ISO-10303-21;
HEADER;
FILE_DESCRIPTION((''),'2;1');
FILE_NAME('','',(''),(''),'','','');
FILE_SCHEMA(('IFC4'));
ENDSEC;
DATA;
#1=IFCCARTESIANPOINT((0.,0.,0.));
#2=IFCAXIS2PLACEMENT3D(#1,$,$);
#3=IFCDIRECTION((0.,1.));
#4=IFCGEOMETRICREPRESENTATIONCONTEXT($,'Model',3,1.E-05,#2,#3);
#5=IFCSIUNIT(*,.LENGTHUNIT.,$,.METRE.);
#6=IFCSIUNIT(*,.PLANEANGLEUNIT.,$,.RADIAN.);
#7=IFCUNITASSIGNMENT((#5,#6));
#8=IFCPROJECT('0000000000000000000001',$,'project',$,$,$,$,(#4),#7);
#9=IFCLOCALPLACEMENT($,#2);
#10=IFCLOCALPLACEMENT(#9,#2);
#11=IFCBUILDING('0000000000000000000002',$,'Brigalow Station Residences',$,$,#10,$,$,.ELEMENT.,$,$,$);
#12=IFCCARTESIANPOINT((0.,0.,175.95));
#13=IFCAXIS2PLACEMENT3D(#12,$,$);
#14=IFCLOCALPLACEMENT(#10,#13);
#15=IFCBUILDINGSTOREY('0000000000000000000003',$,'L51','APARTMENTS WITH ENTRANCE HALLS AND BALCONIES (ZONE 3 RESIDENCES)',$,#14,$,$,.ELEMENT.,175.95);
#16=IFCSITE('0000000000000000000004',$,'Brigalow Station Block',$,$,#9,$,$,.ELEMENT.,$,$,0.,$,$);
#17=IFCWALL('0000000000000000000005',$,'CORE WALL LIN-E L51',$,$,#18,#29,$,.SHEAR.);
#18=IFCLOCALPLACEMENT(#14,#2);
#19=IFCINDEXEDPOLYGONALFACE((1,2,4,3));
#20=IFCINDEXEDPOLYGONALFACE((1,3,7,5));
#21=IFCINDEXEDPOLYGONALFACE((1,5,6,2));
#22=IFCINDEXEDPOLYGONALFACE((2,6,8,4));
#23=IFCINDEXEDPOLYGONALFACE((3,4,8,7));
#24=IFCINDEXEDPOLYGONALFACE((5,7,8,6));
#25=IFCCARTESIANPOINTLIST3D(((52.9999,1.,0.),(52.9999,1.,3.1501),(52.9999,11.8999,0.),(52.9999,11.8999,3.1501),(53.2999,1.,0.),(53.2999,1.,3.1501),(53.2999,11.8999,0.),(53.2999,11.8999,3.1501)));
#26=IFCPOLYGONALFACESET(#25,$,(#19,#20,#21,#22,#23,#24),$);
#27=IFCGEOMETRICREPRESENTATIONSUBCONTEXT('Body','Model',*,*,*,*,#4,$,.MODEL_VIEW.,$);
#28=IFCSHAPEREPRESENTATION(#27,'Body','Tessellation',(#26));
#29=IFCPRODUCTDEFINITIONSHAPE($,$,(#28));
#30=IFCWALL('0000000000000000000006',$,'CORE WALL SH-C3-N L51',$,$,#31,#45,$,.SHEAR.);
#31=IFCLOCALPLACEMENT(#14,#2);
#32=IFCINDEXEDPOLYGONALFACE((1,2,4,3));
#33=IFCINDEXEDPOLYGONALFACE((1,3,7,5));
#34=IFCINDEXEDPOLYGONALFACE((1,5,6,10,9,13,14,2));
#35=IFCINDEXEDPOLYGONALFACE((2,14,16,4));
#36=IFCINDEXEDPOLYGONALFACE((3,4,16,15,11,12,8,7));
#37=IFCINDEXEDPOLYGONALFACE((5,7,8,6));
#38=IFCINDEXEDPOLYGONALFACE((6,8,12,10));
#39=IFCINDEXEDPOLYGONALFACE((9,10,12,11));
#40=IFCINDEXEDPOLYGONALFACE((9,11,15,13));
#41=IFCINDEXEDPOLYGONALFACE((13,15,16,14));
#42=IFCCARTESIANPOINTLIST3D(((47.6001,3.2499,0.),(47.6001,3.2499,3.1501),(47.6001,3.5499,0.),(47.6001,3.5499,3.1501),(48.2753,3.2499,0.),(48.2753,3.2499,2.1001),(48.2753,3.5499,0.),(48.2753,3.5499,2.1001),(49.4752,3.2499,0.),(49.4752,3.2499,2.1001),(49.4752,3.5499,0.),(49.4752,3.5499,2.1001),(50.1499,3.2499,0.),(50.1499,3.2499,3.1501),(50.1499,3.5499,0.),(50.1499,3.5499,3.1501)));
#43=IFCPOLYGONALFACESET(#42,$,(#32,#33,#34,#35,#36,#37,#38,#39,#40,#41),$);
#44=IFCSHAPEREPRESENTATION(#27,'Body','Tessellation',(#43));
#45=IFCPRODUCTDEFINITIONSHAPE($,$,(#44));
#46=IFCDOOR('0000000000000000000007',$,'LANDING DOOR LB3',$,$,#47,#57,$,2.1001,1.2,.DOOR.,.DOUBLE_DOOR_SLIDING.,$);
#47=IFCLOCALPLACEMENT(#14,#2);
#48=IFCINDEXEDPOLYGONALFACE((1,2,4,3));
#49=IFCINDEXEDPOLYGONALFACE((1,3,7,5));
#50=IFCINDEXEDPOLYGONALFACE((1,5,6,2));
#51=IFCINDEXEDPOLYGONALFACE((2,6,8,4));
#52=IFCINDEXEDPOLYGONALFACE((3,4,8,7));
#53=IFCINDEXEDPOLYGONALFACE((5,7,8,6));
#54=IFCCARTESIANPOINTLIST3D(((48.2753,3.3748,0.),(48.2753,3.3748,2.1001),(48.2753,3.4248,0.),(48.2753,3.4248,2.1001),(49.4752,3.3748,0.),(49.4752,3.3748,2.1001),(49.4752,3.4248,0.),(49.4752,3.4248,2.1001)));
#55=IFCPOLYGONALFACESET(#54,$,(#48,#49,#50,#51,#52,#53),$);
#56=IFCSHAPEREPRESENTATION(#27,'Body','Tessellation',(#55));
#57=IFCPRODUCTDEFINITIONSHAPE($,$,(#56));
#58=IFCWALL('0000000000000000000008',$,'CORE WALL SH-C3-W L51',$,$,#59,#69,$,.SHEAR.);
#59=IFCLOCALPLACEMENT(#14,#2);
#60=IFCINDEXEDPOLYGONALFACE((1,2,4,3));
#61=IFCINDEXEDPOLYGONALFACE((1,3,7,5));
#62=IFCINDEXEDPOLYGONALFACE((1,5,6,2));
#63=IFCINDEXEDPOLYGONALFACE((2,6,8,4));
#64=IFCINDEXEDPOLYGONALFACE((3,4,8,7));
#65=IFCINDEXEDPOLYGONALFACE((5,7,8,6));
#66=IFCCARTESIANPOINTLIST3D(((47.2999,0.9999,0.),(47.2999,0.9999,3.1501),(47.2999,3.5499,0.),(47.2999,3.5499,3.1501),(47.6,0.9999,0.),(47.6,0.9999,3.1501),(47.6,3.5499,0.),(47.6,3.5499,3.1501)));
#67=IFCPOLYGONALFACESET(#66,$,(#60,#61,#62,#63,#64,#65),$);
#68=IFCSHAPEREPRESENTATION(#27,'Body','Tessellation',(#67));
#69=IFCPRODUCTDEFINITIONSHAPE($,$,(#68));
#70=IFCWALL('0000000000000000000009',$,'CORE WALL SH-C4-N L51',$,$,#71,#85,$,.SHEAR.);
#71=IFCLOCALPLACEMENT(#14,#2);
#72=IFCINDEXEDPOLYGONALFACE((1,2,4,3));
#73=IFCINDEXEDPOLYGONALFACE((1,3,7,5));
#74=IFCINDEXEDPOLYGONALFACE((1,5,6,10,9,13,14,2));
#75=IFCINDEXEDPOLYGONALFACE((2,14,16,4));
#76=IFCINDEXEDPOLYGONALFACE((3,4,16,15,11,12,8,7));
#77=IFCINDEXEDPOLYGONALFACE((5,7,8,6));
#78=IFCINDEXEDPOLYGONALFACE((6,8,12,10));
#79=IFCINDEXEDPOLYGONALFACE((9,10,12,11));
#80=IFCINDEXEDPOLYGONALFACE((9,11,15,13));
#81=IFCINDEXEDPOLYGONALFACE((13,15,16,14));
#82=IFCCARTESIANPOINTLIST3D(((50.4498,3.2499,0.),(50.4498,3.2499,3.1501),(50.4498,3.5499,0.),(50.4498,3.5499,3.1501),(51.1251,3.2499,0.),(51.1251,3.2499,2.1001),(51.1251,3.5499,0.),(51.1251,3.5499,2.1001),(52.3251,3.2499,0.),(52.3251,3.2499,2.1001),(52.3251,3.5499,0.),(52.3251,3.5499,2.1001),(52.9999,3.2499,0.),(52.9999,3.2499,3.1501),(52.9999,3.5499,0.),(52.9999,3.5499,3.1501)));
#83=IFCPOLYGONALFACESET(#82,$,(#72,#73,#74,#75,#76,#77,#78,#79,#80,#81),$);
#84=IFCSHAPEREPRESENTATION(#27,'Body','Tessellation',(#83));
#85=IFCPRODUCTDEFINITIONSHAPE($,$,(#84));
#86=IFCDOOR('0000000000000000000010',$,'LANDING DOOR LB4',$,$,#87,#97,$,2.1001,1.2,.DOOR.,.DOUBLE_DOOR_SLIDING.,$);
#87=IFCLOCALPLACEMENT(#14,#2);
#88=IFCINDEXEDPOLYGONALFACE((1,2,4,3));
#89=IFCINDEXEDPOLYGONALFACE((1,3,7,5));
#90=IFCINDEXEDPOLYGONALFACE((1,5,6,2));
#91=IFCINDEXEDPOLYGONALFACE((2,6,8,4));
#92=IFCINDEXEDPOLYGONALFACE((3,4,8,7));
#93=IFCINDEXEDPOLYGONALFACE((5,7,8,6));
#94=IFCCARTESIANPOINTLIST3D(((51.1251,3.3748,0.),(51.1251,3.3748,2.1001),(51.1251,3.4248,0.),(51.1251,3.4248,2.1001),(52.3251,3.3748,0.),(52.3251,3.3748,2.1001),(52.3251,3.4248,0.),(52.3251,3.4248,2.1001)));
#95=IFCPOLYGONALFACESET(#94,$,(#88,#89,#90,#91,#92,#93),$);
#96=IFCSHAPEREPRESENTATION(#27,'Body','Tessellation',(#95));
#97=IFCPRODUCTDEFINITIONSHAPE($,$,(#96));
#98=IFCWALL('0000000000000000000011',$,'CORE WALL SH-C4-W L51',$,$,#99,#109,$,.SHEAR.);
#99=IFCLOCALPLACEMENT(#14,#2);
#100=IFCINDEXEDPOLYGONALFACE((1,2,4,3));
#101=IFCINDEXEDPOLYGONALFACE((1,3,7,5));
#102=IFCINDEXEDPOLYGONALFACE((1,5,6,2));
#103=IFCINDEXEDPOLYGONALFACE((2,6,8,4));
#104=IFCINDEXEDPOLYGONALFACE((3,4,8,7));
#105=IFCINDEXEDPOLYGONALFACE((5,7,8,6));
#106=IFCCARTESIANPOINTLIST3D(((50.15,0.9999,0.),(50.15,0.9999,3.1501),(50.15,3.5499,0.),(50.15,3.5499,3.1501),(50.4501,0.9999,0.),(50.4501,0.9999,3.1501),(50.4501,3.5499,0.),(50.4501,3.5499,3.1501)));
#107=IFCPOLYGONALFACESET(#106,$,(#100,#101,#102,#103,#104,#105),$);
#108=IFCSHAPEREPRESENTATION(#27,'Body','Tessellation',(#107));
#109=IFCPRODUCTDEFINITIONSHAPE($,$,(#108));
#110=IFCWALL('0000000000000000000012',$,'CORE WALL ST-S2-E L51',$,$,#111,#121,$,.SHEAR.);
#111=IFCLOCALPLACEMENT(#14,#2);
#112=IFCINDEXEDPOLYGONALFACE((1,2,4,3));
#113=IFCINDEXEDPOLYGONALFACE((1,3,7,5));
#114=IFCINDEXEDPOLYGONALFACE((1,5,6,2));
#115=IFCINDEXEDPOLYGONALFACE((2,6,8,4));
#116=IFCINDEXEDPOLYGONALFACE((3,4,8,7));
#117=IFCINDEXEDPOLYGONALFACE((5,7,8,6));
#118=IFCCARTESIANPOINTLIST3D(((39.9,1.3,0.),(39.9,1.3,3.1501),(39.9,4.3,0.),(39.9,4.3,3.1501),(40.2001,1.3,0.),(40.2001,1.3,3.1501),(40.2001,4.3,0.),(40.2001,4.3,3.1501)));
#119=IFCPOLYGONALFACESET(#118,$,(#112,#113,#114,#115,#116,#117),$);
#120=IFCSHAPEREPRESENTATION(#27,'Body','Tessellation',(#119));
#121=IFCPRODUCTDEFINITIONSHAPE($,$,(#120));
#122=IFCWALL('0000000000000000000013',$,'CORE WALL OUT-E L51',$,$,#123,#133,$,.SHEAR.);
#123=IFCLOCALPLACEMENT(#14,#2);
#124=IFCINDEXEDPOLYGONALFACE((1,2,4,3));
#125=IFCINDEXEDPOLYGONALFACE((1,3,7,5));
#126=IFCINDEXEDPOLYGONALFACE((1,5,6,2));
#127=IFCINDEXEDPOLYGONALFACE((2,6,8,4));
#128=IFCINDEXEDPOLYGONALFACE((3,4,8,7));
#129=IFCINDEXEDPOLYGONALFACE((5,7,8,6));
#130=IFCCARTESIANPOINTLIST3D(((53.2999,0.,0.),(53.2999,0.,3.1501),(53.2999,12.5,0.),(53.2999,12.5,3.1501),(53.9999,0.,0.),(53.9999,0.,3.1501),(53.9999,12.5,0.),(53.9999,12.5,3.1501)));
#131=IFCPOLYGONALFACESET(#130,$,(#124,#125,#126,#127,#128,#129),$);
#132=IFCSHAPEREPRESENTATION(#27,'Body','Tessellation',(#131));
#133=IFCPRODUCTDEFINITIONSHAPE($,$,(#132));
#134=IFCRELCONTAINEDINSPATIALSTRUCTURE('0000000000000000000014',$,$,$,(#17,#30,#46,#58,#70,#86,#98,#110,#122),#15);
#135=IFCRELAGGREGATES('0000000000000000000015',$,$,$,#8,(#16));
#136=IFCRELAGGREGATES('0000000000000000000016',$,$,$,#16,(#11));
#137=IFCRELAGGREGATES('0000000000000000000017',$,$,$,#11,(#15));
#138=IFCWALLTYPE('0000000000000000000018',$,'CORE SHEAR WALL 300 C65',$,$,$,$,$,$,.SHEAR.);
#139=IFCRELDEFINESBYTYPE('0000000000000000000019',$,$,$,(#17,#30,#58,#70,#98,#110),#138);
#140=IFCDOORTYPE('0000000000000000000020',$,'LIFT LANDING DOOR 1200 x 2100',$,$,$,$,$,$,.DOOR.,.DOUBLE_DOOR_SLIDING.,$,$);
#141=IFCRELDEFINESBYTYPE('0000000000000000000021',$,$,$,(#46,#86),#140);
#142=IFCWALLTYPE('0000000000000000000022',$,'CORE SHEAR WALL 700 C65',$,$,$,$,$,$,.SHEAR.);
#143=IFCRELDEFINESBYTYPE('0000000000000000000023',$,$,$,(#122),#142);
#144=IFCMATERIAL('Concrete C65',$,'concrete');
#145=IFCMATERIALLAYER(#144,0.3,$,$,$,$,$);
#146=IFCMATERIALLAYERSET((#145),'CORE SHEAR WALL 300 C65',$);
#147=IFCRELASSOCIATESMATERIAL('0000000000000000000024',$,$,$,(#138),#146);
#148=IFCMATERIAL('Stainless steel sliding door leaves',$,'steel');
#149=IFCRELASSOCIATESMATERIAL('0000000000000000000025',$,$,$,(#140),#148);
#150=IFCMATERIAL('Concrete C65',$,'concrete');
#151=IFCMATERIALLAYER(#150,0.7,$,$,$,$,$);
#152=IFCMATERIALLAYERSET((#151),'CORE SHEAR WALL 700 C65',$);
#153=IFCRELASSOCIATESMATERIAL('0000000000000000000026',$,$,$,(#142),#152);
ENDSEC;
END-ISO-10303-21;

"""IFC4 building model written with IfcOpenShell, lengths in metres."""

from ifc_helpers import new_model, si_unit, direction, frame, frame_2d, origin, place, context, subcontext, project, spatial, rectangle, extrude, material, layer, layer_set, type_object, element, fill, save


model = new_model("IFC4")

# Units and contexts
model_context = context("Model", 3, precision=1e-05, world=origin(), true_north=direction((0.0, 1.0)))
body_context = subcontext(model_context, "Body", "Model", "MODEL_VIEW")
ifc_project = project(units=[si_unit("LENGTHUNIT", "METRE"), si_unit("PLANEANGLEUNIT", "RADIAN")], contexts=[model_context])

# Site, building, storey
site_placement = place(None, origin())
site = spatial("IfcSite", under=ifc_project, at=site_placement, Name="Brigalow Station Block", CompositionType="ELEMENT", RefElevation=0.0)
building_placement = place(site_placement, origin())
building = spatial("IfcBuilding", under=site, at=building_placement, Name="Brigalow Station Residences", CompositionType="ELEMENT")
storey_placement = place(building_placement, frame((0.0, 0.0, 175.95)))
storey = spatial("IfcBuildingStorey", under=building, at=storey_placement, Name="L51", Description="APARTMENTS WITH ENTRANCE HALLS AND BALCONIES (ZONE 3 RESIDENCES)", CompositionType="ELEMENT", Elevation=175.95)

# Wall
ifc_material_1 = material(Name="Concrete C65", Category="concrete")
ifc_layer_1 = layer(ifc_material_1, 0.3)
ifc_layer_set_1 = layer_set([ifc_layer_1], Name="CORE SHEAR WALL 300 C65")
wall_type_1 = type_object("IfcWallType", Name="CORE SHEAR WALL 300 C65", PredefinedType="SHEAR", material=ifc_layer_set_1)
wall_1_placement = place(storey_placement, frame((53.1499, 1.0, 0.0), z_axis=(0.0, 0.0, 1.0), x_axis=(0.0, 1.0, 0.0)))
element("IfcWall", 1, at=wall_1_placement, inside=storey, type_object=wall_type_1, Name="CORE WALL LIN-E L51", PredefinedType="SHEAR", context=body_context, shape_type="SweptSolid", body=[
    extrude(rectangle(XDim=10.8999, YDim=0.3, at=frame_2d((5.45, 0.0))), origin(), (0.0, 0.0, 1.0), 3.1501),
])

# Wall, opening, door
wall_2_placement = place(storey_placement, frame((47.6001, 3.3999, 0.0), z_axis=(0.0, 0.0, 1.0), x_axis=(1.0, 0.0, 0.0)))
wall_2 = element("IfcWall", 2, at=wall_2_placement, inside=storey, type_object=wall_type_1, Name="CORE WALL SH-C3-N L51", PredefinedType="SHEAR", context=body_context, shape_type="SweptSolid", body=[
    extrude(rectangle(XDim=2.5498, YDim=0.3, at=frame_2d((1.2749, 0.0))), origin(), (0.0, 0.0, 1.0), 3.1501),
])
opening_1_placement = place(wall_2_placement, frame((0.675, 0.0, 0.0)))
opening_1 = element("IfcOpeningElement", 3, at=opening_1_placement, cuts=wall_2, PredefinedType="OPENING", context=body_context, shape_type="SweptSolid", body=[
    extrude(rectangle(XDim=1.2, YDim=2.1001, at=frame_2d((0.6001, 1.05))), frame((0.0, 0.1602, 0.0), z_axis=(0.0, -1.0, 0.0), x_axis=(1.0, 0.0, 0.0)), (0.0, 0.0, 1.0), 0.3201),
])
ifc_material_2 = material(Name="Stainless steel sliding door leaves", Category="steel")
door_type_1 = type_object("IfcDoorType", Name="LIFT LANDING DOOR 1200 x 2100", OperationType="DOUBLE_DOOR_SLIDING", PredefinedType="DOOR", material=ifc_material_2)
door_1_placement = place(opening_1_placement, origin())
door_1 = element("IfcDoor", 4, at=door_1_placement, inside=storey, type_object=door_type_1, Name="LANDING DOOR LB3", OperationType="DOUBLE_DOOR_SLIDING", OverallHeight=2.1001, OverallWidth=1.2, PredefinedType="DOOR", context=body_context, shape_type="SweptSolid", body=[
    extrude(rectangle(XDim=1.2, YDim=2.1001, at=frame_2d((0.6001, 1.05))), frame((0.0, 0.0249, 0.0), z_axis=(0.0, -1.0, 0.0), x_axis=(1.0, 0.0, 0.0)), (0.0, 0.0, 1.0), 0.05),
])
fill(opening_1, door_1)

# Wall
wall_3_placement = place(storey_placement, frame((47.45, 1.0, 0.0), z_axis=(0.0, 0.0, 1.0), x_axis=(0.0, 1.0, 0.0)))
element("IfcWall", 5, at=wall_3_placement, inside=storey, type_object=wall_type_1, Name="CORE WALL SH-C3-W L51", PredefinedType="SHEAR", context=body_context, shape_type="SweptSolid", body=[
    extrude(rectangle(XDim=2.55, YDim=0.3, at=frame_2d((1.2749, 0.0))), origin(), (0.0, 0.0, 1.0), 3.1501),
])

# Wall, opening, door
wall_4_placement = place(storey_placement, frame((50.45, 3.3999, 0.0), z_axis=(0.0, 0.0, 1.0), x_axis=(1.0, 0.0, 0.0)))
wall_4 = element("IfcWall", 6, at=wall_4_placement, inside=storey, type_object=wall_type_1, Name="CORE WALL SH-C4-N L51", PredefinedType="SHEAR", context=body_context, shape_type="SweptSolid", body=[
    extrude(rectangle(XDim=2.55, YDim=0.3, at=frame_2d((1.2749, 0.0))), origin(), (0.0, 0.0, 1.0), 3.1501),
])
opening_2_placement = place(wall_4_placement, frame((0.675, 0.0, 0.0)))
opening_2 = element("IfcOpeningElement", 7, at=opening_2_placement, cuts=wall_4, PredefinedType="OPENING", context=body_context, shape_type="SweptSolid", body=[
    extrude(rectangle(XDim=1.2, YDim=2.1001, at=frame_2d((0.6001, 1.05))), frame((0.0, 0.1602, 0.0), z_axis=(0.0, -1.0, 0.0), x_axis=(1.0, 0.0, 0.0)), (0.0, 0.0, 1.0), 0.3201),
])
door_2_placement = place(opening_2_placement, origin())
door_2 = element("IfcDoor", 8, at=door_2_placement, inside=storey, type_object=door_type_1, Name="LANDING DOOR LB4", OperationType="DOUBLE_DOOR_SLIDING", OverallHeight=2.1001, OverallWidth=1.2, PredefinedType="DOOR", context=body_context, shape_type="SweptSolid", body=[
    extrude(rectangle(XDim=1.2, YDim=2.1001, at=frame_2d((0.6001, 1.05))), frame((0.0, 0.0249, 0.0), z_axis=(0.0, -1.0, 0.0), x_axis=(1.0, 0.0, 0.0)), (0.0, 0.0, 1.0), 0.05),
])
fill(opening_2, door_2)

# Walls
wall_5_placement = place(storey_placement, frame((50.3, 1.0, 0.0), z_axis=(0.0, 0.0, 1.0), x_axis=(0.0, 1.0, 0.0)))
element("IfcWall", 9, at=wall_5_placement, inside=storey, type_object=wall_type_1, Name="CORE WALL SH-C4-W L51", PredefinedType="SHEAR", context=body_context, shape_type="SweptSolid", body=[
    extrude(rectangle(XDim=2.55, YDim=0.3, at=frame_2d((1.2749, 0.0))), origin(), (0.0, 0.0, 1.0), 3.1501),
])
wall_6_placement = place(storey_placement, frame((40.05, 1.3, 0.0), z_axis=(0.0, 0.0, 1.0), x_axis=(0.0, 1.0, 0.0)))
element("IfcWall", 10, at=wall_6_placement, inside=storey, type_object=wall_type_1, Name="CORE WALL ST-S2-E L51", PredefinedType="SHEAR", context=body_context, shape_type="SweptSolid", body=[
    extrude(rectangle(XDim=3.0, YDim=0.3, at=frame_2d((1.5, 0.0))), origin(), (0.0, 0.0, 1.0), 3.1501),
])
ifc_material_3 = material(Name="Concrete C65", Category="concrete")
ifc_layer_2 = layer(ifc_material_3, 0.7)
ifc_layer_set_2 = layer_set([ifc_layer_2], Name="CORE SHEAR WALL 700 C65")
wall_type_2 = type_object("IfcWallType", Name="CORE SHEAR WALL 700 C65", PredefinedType="SHEAR", material=ifc_layer_set_2)
wall_7_placement = place(storey_placement, frame((53.6499, 0.0, 0.0), z_axis=(0.0, 0.0, 1.0), x_axis=(0.0, 1.0, 0.0)))
element("IfcWall", 11, at=wall_7_placement, inside=storey, type_object=wall_type_2, Name="CORE WALL OUT-E L51", PredefinedType="SHEAR", context=body_context, shape_type="SweptSolid", body=[
    extrude(rectangle(XDim=12.5, YDim=0.7, at=frame_2d((6.25, 0.0))), origin(), (0.0, 0.0, 1.0), 3.1501),
])

save(model, "model.ifc")
